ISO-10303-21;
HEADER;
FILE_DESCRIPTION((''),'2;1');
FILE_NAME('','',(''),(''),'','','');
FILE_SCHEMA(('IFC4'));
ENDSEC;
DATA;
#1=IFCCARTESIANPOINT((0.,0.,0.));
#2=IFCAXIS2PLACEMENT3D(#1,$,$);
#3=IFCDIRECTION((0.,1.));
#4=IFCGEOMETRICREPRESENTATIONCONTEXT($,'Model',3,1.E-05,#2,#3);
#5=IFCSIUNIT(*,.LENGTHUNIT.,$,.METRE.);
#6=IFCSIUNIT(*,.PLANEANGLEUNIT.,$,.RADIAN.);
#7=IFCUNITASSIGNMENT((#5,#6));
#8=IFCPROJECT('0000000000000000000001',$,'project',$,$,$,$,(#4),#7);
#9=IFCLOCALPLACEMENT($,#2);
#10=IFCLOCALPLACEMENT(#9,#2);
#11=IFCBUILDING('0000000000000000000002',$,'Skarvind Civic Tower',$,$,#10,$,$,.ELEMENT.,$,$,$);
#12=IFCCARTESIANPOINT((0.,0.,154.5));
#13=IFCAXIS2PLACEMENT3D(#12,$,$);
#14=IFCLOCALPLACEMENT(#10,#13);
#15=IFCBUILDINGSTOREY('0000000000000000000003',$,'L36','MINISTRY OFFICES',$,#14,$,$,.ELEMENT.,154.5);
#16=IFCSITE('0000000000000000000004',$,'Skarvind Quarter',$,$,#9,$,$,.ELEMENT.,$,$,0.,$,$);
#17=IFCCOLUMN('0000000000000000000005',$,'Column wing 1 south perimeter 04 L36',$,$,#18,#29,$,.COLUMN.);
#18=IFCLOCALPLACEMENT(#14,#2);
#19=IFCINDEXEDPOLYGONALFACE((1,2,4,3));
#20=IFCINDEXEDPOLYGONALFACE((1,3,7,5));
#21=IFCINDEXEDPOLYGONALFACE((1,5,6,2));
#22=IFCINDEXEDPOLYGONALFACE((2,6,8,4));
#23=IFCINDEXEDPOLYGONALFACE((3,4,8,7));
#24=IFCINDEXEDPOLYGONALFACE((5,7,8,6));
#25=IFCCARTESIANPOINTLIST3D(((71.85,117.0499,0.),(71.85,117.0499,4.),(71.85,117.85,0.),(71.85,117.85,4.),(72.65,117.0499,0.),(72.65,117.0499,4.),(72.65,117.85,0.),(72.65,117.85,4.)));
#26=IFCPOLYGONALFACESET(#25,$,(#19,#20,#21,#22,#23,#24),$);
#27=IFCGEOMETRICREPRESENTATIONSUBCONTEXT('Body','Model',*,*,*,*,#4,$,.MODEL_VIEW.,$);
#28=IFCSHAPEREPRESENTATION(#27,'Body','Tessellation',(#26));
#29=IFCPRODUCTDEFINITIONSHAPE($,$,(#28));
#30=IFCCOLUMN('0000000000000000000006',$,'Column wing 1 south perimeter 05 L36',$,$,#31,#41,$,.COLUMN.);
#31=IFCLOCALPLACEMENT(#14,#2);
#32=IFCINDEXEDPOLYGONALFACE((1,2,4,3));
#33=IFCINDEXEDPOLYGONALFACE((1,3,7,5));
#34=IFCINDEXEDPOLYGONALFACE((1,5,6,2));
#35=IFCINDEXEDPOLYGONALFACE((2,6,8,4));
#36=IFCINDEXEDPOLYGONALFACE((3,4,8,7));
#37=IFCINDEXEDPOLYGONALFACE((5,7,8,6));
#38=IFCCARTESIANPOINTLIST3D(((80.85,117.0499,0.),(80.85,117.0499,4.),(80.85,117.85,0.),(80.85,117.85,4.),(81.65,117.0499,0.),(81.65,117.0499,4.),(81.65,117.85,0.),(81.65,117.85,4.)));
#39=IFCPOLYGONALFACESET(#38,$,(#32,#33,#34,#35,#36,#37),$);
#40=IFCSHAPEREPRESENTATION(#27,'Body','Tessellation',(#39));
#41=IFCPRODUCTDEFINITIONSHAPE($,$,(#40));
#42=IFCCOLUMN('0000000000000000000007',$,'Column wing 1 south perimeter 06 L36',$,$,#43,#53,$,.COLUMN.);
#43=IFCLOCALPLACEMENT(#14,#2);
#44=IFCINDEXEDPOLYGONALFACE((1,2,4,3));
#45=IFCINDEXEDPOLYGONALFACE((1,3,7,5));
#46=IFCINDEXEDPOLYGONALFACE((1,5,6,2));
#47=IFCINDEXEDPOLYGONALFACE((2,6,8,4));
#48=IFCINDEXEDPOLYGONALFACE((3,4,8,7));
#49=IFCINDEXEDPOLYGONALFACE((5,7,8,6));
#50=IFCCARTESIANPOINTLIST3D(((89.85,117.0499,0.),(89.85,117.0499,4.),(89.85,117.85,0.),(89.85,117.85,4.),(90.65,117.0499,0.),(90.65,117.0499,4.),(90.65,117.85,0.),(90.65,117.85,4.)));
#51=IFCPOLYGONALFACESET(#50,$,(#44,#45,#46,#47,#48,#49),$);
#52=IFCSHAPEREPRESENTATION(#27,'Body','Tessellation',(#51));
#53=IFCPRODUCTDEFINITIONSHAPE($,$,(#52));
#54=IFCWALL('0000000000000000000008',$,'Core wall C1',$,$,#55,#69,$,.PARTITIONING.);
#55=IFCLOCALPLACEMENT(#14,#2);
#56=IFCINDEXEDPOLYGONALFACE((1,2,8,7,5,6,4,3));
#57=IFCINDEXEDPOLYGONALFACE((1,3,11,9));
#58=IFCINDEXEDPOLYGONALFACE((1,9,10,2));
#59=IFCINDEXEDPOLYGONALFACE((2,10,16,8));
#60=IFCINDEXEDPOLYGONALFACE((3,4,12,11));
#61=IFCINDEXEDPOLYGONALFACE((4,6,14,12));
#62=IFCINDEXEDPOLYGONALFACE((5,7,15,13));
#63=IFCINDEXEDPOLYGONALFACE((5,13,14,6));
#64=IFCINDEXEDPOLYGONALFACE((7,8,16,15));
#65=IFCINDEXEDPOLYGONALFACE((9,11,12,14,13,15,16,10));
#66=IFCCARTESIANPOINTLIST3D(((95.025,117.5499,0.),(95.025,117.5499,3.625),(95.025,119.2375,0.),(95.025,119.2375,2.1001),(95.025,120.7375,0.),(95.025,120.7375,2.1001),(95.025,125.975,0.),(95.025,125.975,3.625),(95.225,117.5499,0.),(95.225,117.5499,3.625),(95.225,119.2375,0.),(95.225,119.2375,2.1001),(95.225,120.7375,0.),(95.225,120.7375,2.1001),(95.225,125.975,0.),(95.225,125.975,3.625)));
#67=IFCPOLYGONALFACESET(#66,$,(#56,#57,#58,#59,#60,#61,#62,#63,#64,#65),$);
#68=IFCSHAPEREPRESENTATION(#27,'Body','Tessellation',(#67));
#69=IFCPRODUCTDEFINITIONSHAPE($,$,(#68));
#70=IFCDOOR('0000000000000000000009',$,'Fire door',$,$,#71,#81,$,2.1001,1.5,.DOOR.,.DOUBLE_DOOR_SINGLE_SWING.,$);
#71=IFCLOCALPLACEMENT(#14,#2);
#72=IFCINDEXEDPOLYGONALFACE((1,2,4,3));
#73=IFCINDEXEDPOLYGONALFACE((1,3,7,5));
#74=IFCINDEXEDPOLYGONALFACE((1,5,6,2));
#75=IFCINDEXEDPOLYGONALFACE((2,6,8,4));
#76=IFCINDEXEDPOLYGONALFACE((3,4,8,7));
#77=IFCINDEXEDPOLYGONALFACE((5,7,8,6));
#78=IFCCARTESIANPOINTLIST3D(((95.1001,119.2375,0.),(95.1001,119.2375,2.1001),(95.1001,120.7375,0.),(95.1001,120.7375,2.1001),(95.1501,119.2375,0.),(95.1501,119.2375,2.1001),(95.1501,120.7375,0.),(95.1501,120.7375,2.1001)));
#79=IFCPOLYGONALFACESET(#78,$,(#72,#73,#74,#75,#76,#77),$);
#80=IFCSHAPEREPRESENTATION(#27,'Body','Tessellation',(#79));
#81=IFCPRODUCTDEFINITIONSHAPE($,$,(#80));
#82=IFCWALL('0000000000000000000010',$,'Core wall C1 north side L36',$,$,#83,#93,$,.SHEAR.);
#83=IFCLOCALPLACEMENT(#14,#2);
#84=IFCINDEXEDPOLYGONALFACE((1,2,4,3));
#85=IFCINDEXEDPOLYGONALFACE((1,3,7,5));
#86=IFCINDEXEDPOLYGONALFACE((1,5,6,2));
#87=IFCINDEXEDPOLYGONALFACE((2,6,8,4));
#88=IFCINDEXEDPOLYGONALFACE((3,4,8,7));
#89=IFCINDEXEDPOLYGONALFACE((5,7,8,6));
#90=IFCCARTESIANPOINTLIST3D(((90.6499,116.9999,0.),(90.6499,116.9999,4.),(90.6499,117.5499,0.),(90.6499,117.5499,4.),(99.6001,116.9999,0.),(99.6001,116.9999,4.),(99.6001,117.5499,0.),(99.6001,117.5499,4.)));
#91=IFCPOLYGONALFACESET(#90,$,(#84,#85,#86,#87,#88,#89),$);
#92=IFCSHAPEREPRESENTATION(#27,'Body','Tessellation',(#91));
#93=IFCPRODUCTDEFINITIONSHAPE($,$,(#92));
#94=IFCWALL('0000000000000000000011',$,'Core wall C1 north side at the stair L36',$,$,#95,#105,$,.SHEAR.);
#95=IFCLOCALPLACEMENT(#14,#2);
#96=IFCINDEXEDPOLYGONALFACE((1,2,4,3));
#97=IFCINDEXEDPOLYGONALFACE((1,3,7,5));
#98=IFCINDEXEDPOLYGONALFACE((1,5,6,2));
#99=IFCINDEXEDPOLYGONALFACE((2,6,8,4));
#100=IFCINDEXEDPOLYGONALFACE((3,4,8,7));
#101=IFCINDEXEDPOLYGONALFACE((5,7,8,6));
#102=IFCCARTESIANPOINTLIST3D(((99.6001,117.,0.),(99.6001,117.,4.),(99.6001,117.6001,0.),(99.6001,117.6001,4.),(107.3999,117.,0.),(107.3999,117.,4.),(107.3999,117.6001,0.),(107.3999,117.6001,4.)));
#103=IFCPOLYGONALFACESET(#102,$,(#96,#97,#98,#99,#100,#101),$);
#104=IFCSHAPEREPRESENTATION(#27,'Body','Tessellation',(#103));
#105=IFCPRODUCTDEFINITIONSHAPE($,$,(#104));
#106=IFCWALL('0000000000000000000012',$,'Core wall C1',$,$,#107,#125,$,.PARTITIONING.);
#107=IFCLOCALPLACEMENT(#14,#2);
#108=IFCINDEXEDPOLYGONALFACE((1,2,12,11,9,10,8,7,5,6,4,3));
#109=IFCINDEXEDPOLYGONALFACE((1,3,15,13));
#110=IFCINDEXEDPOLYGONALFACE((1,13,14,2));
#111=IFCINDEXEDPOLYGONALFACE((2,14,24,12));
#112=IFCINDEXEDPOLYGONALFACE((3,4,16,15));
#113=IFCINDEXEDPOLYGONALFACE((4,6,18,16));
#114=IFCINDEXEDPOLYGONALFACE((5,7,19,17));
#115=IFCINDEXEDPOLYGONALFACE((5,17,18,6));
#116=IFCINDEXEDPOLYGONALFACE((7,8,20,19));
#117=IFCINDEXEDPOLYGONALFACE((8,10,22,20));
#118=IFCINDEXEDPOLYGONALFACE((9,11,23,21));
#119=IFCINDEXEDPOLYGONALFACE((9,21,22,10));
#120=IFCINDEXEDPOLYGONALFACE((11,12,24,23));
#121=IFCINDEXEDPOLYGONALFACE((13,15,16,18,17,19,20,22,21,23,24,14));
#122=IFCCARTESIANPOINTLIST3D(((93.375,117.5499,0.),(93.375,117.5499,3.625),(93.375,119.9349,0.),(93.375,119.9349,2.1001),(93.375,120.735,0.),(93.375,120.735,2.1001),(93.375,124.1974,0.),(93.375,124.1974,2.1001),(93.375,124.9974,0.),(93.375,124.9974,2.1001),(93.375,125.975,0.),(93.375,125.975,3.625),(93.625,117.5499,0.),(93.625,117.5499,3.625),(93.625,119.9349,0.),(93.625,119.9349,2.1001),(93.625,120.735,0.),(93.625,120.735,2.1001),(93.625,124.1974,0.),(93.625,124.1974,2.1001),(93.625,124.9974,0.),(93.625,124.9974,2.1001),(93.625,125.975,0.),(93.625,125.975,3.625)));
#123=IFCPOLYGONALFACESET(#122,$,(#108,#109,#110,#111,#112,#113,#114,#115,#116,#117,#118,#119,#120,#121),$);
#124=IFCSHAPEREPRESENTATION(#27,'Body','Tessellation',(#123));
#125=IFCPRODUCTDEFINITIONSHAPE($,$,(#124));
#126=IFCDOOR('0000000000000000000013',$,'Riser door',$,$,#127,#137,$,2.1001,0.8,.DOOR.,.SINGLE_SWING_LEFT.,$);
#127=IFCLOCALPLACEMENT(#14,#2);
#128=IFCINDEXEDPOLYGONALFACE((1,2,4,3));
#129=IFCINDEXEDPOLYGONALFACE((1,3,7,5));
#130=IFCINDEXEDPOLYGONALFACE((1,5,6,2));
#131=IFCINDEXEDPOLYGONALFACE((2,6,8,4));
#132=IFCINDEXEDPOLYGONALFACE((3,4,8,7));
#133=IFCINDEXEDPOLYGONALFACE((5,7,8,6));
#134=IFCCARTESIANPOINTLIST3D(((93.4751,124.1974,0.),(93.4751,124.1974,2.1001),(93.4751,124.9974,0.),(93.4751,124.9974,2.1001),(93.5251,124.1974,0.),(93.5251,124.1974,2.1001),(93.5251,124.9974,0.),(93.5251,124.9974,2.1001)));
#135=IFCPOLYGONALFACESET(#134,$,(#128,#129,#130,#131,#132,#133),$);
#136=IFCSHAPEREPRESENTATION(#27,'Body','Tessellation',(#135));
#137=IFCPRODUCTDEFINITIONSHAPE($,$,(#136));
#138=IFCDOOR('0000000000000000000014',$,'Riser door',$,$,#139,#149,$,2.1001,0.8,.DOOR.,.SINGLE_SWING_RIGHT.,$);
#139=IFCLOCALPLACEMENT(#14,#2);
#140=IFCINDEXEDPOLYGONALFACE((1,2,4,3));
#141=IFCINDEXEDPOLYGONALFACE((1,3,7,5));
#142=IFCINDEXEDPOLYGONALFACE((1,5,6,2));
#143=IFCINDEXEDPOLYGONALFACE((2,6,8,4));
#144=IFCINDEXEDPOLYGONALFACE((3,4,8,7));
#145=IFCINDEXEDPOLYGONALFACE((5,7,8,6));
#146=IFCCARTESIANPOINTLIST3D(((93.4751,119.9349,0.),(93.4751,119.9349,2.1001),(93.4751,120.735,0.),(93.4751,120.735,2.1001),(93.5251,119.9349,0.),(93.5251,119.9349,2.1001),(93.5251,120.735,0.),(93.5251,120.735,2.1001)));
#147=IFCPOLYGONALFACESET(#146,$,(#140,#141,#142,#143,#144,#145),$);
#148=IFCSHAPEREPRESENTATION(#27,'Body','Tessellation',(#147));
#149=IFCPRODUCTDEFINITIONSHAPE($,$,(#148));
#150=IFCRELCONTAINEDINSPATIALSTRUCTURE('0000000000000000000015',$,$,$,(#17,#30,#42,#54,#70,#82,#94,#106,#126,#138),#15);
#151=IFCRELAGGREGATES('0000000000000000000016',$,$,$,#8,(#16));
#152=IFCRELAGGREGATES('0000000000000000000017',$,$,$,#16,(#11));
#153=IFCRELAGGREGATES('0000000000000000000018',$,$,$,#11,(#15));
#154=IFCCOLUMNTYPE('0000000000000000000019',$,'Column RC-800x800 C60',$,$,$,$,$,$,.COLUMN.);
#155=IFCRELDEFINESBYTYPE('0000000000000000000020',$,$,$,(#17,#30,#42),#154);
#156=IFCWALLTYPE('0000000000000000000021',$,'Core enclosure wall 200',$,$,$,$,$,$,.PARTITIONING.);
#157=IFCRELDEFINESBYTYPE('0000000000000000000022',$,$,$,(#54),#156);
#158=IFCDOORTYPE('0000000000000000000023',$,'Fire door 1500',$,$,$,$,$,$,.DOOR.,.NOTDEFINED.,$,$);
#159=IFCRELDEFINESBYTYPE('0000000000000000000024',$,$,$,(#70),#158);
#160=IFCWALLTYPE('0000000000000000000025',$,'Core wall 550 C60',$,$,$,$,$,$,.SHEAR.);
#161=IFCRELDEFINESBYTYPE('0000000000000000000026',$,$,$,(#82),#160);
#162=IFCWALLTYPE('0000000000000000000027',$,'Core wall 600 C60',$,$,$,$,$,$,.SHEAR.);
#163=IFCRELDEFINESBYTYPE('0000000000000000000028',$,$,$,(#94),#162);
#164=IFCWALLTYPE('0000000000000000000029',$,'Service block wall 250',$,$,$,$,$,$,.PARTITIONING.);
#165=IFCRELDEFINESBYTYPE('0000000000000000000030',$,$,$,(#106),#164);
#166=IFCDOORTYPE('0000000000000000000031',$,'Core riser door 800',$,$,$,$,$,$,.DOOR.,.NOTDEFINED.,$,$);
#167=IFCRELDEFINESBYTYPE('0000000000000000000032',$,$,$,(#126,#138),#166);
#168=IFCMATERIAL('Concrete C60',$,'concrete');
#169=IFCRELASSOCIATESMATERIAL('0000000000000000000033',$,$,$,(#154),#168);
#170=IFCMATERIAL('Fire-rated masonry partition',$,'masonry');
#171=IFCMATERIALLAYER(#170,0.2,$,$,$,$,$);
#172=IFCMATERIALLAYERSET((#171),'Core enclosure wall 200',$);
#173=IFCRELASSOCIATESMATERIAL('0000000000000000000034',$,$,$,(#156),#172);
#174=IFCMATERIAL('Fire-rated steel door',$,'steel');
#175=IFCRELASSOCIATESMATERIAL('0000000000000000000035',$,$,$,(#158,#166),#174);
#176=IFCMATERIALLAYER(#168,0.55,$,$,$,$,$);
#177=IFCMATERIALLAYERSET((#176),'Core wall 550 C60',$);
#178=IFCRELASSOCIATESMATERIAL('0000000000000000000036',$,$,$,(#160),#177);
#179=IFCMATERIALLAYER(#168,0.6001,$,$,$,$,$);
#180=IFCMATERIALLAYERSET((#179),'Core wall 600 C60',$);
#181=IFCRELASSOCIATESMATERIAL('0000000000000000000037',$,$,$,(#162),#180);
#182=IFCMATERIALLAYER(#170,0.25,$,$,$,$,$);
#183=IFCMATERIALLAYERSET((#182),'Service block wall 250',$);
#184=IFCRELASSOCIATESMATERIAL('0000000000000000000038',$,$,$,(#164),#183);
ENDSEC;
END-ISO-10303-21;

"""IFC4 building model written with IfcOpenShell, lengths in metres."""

from ifc_helpers import new_model, si_unit, direction, frame, frame_2d, origin, origin_2d, place, context, subcontext, project, spatial, rectangle, extrude, material, layer, layer_set, material_profile, profile_set, type_object, element, fill, save


model = new_model("IFC4")

# Units and contexts
model_context = context("Model", 3, precision=1e-05, world=origin(), true_north=direction((0.0, 1.0)))
body_context = subcontext(model_context, "Body", "Model", "MODEL_VIEW")
ifc_project = project(units=[si_unit("LENGTHUNIT", "METRE"), si_unit("PLANEANGLEUNIT", "RADIAN")], contexts=[model_context])

# Site, building, storey
site_placement = place(None, origin())
site = spatial("IfcSite", under=ifc_project, at=site_placement, Name="Skarvind Quarter", CompositionType="ELEMENT", RefElevation=0.0)
building_placement = place(site_placement, origin())
building = spatial("IfcBuilding", under=site, at=building_placement, Name="Skarvind Civic Tower", CompositionType="ELEMENT")
storey_placement = place(building_placement, frame((0.0, 0.0, 154.5)))
storey = spatial("IfcBuildingStorey", under=building, at=storey_placement, Name="L36", Description="MINISTRY OFFICES", CompositionType="ELEMENT", Elevation=154.5)

# Columns
ifc_material_1 = material(Name="Concrete C60", Category="concrete")
ifc_material_profile_1 = material_profile(ifc_material_1, rectangle(XDim=0.8, YDim=0.8, at=origin_2d()), Name="RC-800x800")
ifc_profile_set_1 = profile_set([ifc_material_profile_1], Name="Concrete C60")
column_type = type_object("IfcColumnType", Name="Column RC-800x800 C60", PredefinedType="COLUMN", material=ifc_profile_set_1)
for number, where, z_axis, x_axis, name in (
    (1, (72.25, 117.45, 0.0), (0.0, 0.0, 1.0), (1.0, 0.0, 0.0), "Column wing 1 south perimeter 04 L36"),
    (2, (81.25, 117.45, 0.0), (0.0, 0.0, 1.0), (1.0, 0.0, 0.0), "Column wing 1 south perimeter 05 L36"),
    (3, (90.25, 117.45, 0.0), (0.0, 0.0, 1.0), (1.0, 0.0, 0.0), "Column wing 1 south perimeter 06 L36"),
):
    element("IfcColumn", number, at=place(storey_placement, frame(where, z_axis=z_axis, x_axis=x_axis)), inside=storey, type_object=column_type, Name=name, PredefinedType="COLUMN", context=body_context, shape_type="SweptSolid", body=[
        extrude(rectangle(XDim=0.8, YDim=0.8, at=origin_2d()), origin(), (0.0, 0.0, 1.0), 4.0),
    ])

# Wall, opening, door
ifc_material_2 = material(Name="Fire-rated masonry partition", Category="masonry")
ifc_layer_1 = layer(ifc_material_2, 0.2)
ifc_layer_set_1 = layer_set([ifc_layer_1], Name="Core enclosure wall 200")
wall_type_1 = type_object("IfcWallType", Name="Core enclosure wall 200", PredefinedType="PARTITIONING", material=ifc_layer_set_1)
wall_1_placement = place(storey_placement, frame((95.125, 117.55, 0.0), z_axis=(0.0, 0.0, 1.0), x_axis=(0.0, 1.0, 0.0)))
wall_1 = element("IfcWall", 4, at=wall_1_placement, inside=storey, type_object=wall_type_1, Name="Core wall C1", PredefinedType="PARTITIONING", context=body_context, shape_type="SweptSolid", body=[
    extrude(rectangle(XDim=8.425, YDim=0.2, at=frame_2d((4.2124, 0.0))), origin(), (0.0, 0.0, 1.0), 3.625),
])
opening_1_placement = place(wall_1_placement, frame((1.6875, 0.0, 0.0)))
opening_1 = element("IfcOpeningElement", 5, at=opening_1_placement, cuts=wall_1, PredefinedType="OPENING", context=body_context, shape_type="SweptSolid", body=[
    extrude(rectangle(XDim=1.5, YDim=2.1001, at=frame_2d((0.75, 1.05))), frame((0.0, 0.1099, 0.0), z_axis=(0.0, -1.0, 0.0), x_axis=(1.0, 0.0, 0.0)), (0.0, 0.0, 1.0), 0.22),
])
ifc_material_3 = material(Name="Fire-rated steel door", Category="steel")
door_type_1 = type_object("IfcDoorType", Name="Fire door 1500", OperationType="NOTDEFINED", PredefinedType="DOOR", material=ifc_material_3)
door_1_placement = place(opening_1_placement, origin())
door_1 = element("IfcDoor", 6, at=door_1_placement, inside=storey, type_object=door_type_1, Name="Fire door", OperationType="DOUBLE_DOOR_SINGLE_SWING", OverallHeight=2.1001, OverallWidth=1.5, PredefinedType="DOOR", context=body_context, shape_type="SweptSolid", body=[
    extrude(rectangle(XDim=1.5, YDim=2.1001, at=frame_2d((0.75, 1.05))), frame((0.0, 0.0249, 0.0), z_axis=(0.0, -1.0, 0.0), x_axis=(1.0, 0.0, 0.0)), (0.0, 0.0, 1.0), 0.05),
])
fill(opening_1, door_1)

# Walls
ifc_layer_2 = layer(ifc_material_1, 0.55)
ifc_layer_set_2 = layer_set([ifc_layer_2], Name="Core wall 550 C60")
wall_type_2 = type_object("IfcWallType", Name="Core wall 550 C60", PredefinedType="SHEAR", material=ifc_layer_set_2)
wall_2_placement = place(storey_placement, frame((99.6001, 117.2749, 0.0), z_axis=(0.0, 0.0, 1.0), x_axis=(-1.0, 0.0, 0.0)))
element("IfcWall", 7, at=wall_2_placement, inside=storey, type_object=wall_type_2, Name="Core wall C1 north side L36", PredefinedType="SHEAR", context=body_context, shape_type="SweptSolid", body=[
    extrude(rectangle(XDim=8.9502, YDim=0.55, at=frame_2d((4.4751, 0.0))), origin(), (0.0, 0.0, 1.0), 4.0),
])
ifc_layer_3 = layer(ifc_material_1, 0.6001)
ifc_layer_set_3 = layer_set([ifc_layer_3], Name="Core wall 600 C60")
wall_type_3 = type_object("IfcWallType", Name="Core wall 600 C60", PredefinedType="SHEAR", material=ifc_layer_set_3)
wall_3_placement = place(storey_placement, frame((107.3999, 117.3, 0.0), z_axis=(0.0, 0.0, 1.0), x_axis=(-1.0, 0.0, 0.0)))
element("IfcWall", 8, at=wall_3_placement, inside=storey, type_object=wall_type_3, Name="Core wall C1 north side at the stair L36", PredefinedType="SHEAR", context=body_context, shape_type="SweptSolid", body=[
    extrude(rectangle(XDim=7.7998, YDim=0.6001, at=frame_2d((3.8999, 0.0))), origin(), (0.0, 0.0, 1.0), 4.0),
])

# Wall, openings, doors
ifc_layer_4 = layer(ifc_material_2, 0.25)
ifc_layer_set_4 = layer_set([ifc_layer_4], Name="Service block wall 250")
wall_type_4 = type_object("IfcWallType", Name="Service block wall 250", PredefinedType="PARTITIONING", material=ifc_layer_set_4)
wall_4_placement = place(storey_placement, frame((93.5, 117.55, 0.0), z_axis=(0.0, 0.0, 1.0), x_axis=(0.0, 1.0, 0.0)))
wall_4 = element("IfcWall", 9, at=wall_4_placement, inside=storey, type_object=wall_type_4, Name="Core wall C1", PredefinedType="PARTITIONING", context=body_context, shape_type="SweptSolid", body=[
    extrude(rectangle(XDim=8.425, YDim=0.25, at=frame_2d((4.2124, 0.0))), origin(), (0.0, 0.0, 1.0), 3.625),
])
opening_2_placement = place(wall_4_placement, frame((6.6475, 0.0, 0.0)))
opening_2 = element("IfcOpeningElement", 10, at=opening_2_placement, cuts=wall_4, PredefinedType="OPENING", context=body_context, shape_type="SweptSolid", body=[
    extrude(rectangle(XDim=0.8, YDim=2.1001, at=frame_2d((0.3999, 1.05))), frame((0.0, 0.135, 0.0), z_axis=(0.0, -1.0, 0.0), x_axis=(1.0, 0.0, 0.0)), (0.0, 0.0, 1.0), 0.27),
])
opening_3_placement = place(wall_4_placement, frame((2.385, 0.0, 0.0)))
opening_3 = element("IfcOpeningElement", 11, at=opening_3_placement, cuts=wall_4, PredefinedType="OPENING", context=body_context, shape_type="SweptSolid", body=[
    extrude(rectangle(XDim=0.8, YDim=2.1001, at=frame_2d((0.3999, 1.05))), frame((0.0, 0.135, 0.0), z_axis=(0.0, -1.0, 0.0), x_axis=(1.0, 0.0, 0.0)), (0.0, 0.0, 1.0), 0.27),
])
door_type_2 = type_object("IfcDoorType", Name="Core riser door 800", OperationType="NOTDEFINED", PredefinedType="DOOR", material=ifc_material_3)
door_2_placement = place(opening_2_placement, origin())
door_2 = element("IfcDoor", 12, at=door_2_placement, inside=storey, type_object=door_type_2, Name="Riser door", OperationType="SINGLE_SWING_LEFT", OverallHeight=2.1001, OverallWidth=0.8, PredefinedType="DOOR", context=body_context, shape_type="SweptSolid", body=[
    extrude(rectangle(XDim=0.8, YDim=2.1001, at=frame_2d((0.3999, 1.05))), frame((0.0, 0.0249, 0.0), z_axis=(0.0, -1.0, 0.0), x_axis=(1.0, 0.0, 0.0)), (0.0, 0.0, 1.0), 0.05),
])
fill(opening_2, door_2)
door_3_placement = place(opening_3_placement, origin())
door_3 = element("IfcDoor", 13, at=door_3_placement, inside=storey, type_object=door_type_2, Name="Riser door", OperationType="SINGLE_SWING_RIGHT", OverallHeight=2.1001, OverallWidth=0.8, PredefinedType="DOOR", context=body_context, shape_type="SweptSolid", body=[
    extrude(rectangle(XDim=0.8, YDim=2.1001, at=frame_2d((0.3999, 1.05))), frame((0.0, 0.0249, 0.0), z_axis=(0.0, -1.0, 0.0), x_axis=(1.0, 0.0, 0.0)), (0.0, 0.0, 1.0), 0.05),
])
fill(opening_3, door_3)

save(model, "model.ifc")
